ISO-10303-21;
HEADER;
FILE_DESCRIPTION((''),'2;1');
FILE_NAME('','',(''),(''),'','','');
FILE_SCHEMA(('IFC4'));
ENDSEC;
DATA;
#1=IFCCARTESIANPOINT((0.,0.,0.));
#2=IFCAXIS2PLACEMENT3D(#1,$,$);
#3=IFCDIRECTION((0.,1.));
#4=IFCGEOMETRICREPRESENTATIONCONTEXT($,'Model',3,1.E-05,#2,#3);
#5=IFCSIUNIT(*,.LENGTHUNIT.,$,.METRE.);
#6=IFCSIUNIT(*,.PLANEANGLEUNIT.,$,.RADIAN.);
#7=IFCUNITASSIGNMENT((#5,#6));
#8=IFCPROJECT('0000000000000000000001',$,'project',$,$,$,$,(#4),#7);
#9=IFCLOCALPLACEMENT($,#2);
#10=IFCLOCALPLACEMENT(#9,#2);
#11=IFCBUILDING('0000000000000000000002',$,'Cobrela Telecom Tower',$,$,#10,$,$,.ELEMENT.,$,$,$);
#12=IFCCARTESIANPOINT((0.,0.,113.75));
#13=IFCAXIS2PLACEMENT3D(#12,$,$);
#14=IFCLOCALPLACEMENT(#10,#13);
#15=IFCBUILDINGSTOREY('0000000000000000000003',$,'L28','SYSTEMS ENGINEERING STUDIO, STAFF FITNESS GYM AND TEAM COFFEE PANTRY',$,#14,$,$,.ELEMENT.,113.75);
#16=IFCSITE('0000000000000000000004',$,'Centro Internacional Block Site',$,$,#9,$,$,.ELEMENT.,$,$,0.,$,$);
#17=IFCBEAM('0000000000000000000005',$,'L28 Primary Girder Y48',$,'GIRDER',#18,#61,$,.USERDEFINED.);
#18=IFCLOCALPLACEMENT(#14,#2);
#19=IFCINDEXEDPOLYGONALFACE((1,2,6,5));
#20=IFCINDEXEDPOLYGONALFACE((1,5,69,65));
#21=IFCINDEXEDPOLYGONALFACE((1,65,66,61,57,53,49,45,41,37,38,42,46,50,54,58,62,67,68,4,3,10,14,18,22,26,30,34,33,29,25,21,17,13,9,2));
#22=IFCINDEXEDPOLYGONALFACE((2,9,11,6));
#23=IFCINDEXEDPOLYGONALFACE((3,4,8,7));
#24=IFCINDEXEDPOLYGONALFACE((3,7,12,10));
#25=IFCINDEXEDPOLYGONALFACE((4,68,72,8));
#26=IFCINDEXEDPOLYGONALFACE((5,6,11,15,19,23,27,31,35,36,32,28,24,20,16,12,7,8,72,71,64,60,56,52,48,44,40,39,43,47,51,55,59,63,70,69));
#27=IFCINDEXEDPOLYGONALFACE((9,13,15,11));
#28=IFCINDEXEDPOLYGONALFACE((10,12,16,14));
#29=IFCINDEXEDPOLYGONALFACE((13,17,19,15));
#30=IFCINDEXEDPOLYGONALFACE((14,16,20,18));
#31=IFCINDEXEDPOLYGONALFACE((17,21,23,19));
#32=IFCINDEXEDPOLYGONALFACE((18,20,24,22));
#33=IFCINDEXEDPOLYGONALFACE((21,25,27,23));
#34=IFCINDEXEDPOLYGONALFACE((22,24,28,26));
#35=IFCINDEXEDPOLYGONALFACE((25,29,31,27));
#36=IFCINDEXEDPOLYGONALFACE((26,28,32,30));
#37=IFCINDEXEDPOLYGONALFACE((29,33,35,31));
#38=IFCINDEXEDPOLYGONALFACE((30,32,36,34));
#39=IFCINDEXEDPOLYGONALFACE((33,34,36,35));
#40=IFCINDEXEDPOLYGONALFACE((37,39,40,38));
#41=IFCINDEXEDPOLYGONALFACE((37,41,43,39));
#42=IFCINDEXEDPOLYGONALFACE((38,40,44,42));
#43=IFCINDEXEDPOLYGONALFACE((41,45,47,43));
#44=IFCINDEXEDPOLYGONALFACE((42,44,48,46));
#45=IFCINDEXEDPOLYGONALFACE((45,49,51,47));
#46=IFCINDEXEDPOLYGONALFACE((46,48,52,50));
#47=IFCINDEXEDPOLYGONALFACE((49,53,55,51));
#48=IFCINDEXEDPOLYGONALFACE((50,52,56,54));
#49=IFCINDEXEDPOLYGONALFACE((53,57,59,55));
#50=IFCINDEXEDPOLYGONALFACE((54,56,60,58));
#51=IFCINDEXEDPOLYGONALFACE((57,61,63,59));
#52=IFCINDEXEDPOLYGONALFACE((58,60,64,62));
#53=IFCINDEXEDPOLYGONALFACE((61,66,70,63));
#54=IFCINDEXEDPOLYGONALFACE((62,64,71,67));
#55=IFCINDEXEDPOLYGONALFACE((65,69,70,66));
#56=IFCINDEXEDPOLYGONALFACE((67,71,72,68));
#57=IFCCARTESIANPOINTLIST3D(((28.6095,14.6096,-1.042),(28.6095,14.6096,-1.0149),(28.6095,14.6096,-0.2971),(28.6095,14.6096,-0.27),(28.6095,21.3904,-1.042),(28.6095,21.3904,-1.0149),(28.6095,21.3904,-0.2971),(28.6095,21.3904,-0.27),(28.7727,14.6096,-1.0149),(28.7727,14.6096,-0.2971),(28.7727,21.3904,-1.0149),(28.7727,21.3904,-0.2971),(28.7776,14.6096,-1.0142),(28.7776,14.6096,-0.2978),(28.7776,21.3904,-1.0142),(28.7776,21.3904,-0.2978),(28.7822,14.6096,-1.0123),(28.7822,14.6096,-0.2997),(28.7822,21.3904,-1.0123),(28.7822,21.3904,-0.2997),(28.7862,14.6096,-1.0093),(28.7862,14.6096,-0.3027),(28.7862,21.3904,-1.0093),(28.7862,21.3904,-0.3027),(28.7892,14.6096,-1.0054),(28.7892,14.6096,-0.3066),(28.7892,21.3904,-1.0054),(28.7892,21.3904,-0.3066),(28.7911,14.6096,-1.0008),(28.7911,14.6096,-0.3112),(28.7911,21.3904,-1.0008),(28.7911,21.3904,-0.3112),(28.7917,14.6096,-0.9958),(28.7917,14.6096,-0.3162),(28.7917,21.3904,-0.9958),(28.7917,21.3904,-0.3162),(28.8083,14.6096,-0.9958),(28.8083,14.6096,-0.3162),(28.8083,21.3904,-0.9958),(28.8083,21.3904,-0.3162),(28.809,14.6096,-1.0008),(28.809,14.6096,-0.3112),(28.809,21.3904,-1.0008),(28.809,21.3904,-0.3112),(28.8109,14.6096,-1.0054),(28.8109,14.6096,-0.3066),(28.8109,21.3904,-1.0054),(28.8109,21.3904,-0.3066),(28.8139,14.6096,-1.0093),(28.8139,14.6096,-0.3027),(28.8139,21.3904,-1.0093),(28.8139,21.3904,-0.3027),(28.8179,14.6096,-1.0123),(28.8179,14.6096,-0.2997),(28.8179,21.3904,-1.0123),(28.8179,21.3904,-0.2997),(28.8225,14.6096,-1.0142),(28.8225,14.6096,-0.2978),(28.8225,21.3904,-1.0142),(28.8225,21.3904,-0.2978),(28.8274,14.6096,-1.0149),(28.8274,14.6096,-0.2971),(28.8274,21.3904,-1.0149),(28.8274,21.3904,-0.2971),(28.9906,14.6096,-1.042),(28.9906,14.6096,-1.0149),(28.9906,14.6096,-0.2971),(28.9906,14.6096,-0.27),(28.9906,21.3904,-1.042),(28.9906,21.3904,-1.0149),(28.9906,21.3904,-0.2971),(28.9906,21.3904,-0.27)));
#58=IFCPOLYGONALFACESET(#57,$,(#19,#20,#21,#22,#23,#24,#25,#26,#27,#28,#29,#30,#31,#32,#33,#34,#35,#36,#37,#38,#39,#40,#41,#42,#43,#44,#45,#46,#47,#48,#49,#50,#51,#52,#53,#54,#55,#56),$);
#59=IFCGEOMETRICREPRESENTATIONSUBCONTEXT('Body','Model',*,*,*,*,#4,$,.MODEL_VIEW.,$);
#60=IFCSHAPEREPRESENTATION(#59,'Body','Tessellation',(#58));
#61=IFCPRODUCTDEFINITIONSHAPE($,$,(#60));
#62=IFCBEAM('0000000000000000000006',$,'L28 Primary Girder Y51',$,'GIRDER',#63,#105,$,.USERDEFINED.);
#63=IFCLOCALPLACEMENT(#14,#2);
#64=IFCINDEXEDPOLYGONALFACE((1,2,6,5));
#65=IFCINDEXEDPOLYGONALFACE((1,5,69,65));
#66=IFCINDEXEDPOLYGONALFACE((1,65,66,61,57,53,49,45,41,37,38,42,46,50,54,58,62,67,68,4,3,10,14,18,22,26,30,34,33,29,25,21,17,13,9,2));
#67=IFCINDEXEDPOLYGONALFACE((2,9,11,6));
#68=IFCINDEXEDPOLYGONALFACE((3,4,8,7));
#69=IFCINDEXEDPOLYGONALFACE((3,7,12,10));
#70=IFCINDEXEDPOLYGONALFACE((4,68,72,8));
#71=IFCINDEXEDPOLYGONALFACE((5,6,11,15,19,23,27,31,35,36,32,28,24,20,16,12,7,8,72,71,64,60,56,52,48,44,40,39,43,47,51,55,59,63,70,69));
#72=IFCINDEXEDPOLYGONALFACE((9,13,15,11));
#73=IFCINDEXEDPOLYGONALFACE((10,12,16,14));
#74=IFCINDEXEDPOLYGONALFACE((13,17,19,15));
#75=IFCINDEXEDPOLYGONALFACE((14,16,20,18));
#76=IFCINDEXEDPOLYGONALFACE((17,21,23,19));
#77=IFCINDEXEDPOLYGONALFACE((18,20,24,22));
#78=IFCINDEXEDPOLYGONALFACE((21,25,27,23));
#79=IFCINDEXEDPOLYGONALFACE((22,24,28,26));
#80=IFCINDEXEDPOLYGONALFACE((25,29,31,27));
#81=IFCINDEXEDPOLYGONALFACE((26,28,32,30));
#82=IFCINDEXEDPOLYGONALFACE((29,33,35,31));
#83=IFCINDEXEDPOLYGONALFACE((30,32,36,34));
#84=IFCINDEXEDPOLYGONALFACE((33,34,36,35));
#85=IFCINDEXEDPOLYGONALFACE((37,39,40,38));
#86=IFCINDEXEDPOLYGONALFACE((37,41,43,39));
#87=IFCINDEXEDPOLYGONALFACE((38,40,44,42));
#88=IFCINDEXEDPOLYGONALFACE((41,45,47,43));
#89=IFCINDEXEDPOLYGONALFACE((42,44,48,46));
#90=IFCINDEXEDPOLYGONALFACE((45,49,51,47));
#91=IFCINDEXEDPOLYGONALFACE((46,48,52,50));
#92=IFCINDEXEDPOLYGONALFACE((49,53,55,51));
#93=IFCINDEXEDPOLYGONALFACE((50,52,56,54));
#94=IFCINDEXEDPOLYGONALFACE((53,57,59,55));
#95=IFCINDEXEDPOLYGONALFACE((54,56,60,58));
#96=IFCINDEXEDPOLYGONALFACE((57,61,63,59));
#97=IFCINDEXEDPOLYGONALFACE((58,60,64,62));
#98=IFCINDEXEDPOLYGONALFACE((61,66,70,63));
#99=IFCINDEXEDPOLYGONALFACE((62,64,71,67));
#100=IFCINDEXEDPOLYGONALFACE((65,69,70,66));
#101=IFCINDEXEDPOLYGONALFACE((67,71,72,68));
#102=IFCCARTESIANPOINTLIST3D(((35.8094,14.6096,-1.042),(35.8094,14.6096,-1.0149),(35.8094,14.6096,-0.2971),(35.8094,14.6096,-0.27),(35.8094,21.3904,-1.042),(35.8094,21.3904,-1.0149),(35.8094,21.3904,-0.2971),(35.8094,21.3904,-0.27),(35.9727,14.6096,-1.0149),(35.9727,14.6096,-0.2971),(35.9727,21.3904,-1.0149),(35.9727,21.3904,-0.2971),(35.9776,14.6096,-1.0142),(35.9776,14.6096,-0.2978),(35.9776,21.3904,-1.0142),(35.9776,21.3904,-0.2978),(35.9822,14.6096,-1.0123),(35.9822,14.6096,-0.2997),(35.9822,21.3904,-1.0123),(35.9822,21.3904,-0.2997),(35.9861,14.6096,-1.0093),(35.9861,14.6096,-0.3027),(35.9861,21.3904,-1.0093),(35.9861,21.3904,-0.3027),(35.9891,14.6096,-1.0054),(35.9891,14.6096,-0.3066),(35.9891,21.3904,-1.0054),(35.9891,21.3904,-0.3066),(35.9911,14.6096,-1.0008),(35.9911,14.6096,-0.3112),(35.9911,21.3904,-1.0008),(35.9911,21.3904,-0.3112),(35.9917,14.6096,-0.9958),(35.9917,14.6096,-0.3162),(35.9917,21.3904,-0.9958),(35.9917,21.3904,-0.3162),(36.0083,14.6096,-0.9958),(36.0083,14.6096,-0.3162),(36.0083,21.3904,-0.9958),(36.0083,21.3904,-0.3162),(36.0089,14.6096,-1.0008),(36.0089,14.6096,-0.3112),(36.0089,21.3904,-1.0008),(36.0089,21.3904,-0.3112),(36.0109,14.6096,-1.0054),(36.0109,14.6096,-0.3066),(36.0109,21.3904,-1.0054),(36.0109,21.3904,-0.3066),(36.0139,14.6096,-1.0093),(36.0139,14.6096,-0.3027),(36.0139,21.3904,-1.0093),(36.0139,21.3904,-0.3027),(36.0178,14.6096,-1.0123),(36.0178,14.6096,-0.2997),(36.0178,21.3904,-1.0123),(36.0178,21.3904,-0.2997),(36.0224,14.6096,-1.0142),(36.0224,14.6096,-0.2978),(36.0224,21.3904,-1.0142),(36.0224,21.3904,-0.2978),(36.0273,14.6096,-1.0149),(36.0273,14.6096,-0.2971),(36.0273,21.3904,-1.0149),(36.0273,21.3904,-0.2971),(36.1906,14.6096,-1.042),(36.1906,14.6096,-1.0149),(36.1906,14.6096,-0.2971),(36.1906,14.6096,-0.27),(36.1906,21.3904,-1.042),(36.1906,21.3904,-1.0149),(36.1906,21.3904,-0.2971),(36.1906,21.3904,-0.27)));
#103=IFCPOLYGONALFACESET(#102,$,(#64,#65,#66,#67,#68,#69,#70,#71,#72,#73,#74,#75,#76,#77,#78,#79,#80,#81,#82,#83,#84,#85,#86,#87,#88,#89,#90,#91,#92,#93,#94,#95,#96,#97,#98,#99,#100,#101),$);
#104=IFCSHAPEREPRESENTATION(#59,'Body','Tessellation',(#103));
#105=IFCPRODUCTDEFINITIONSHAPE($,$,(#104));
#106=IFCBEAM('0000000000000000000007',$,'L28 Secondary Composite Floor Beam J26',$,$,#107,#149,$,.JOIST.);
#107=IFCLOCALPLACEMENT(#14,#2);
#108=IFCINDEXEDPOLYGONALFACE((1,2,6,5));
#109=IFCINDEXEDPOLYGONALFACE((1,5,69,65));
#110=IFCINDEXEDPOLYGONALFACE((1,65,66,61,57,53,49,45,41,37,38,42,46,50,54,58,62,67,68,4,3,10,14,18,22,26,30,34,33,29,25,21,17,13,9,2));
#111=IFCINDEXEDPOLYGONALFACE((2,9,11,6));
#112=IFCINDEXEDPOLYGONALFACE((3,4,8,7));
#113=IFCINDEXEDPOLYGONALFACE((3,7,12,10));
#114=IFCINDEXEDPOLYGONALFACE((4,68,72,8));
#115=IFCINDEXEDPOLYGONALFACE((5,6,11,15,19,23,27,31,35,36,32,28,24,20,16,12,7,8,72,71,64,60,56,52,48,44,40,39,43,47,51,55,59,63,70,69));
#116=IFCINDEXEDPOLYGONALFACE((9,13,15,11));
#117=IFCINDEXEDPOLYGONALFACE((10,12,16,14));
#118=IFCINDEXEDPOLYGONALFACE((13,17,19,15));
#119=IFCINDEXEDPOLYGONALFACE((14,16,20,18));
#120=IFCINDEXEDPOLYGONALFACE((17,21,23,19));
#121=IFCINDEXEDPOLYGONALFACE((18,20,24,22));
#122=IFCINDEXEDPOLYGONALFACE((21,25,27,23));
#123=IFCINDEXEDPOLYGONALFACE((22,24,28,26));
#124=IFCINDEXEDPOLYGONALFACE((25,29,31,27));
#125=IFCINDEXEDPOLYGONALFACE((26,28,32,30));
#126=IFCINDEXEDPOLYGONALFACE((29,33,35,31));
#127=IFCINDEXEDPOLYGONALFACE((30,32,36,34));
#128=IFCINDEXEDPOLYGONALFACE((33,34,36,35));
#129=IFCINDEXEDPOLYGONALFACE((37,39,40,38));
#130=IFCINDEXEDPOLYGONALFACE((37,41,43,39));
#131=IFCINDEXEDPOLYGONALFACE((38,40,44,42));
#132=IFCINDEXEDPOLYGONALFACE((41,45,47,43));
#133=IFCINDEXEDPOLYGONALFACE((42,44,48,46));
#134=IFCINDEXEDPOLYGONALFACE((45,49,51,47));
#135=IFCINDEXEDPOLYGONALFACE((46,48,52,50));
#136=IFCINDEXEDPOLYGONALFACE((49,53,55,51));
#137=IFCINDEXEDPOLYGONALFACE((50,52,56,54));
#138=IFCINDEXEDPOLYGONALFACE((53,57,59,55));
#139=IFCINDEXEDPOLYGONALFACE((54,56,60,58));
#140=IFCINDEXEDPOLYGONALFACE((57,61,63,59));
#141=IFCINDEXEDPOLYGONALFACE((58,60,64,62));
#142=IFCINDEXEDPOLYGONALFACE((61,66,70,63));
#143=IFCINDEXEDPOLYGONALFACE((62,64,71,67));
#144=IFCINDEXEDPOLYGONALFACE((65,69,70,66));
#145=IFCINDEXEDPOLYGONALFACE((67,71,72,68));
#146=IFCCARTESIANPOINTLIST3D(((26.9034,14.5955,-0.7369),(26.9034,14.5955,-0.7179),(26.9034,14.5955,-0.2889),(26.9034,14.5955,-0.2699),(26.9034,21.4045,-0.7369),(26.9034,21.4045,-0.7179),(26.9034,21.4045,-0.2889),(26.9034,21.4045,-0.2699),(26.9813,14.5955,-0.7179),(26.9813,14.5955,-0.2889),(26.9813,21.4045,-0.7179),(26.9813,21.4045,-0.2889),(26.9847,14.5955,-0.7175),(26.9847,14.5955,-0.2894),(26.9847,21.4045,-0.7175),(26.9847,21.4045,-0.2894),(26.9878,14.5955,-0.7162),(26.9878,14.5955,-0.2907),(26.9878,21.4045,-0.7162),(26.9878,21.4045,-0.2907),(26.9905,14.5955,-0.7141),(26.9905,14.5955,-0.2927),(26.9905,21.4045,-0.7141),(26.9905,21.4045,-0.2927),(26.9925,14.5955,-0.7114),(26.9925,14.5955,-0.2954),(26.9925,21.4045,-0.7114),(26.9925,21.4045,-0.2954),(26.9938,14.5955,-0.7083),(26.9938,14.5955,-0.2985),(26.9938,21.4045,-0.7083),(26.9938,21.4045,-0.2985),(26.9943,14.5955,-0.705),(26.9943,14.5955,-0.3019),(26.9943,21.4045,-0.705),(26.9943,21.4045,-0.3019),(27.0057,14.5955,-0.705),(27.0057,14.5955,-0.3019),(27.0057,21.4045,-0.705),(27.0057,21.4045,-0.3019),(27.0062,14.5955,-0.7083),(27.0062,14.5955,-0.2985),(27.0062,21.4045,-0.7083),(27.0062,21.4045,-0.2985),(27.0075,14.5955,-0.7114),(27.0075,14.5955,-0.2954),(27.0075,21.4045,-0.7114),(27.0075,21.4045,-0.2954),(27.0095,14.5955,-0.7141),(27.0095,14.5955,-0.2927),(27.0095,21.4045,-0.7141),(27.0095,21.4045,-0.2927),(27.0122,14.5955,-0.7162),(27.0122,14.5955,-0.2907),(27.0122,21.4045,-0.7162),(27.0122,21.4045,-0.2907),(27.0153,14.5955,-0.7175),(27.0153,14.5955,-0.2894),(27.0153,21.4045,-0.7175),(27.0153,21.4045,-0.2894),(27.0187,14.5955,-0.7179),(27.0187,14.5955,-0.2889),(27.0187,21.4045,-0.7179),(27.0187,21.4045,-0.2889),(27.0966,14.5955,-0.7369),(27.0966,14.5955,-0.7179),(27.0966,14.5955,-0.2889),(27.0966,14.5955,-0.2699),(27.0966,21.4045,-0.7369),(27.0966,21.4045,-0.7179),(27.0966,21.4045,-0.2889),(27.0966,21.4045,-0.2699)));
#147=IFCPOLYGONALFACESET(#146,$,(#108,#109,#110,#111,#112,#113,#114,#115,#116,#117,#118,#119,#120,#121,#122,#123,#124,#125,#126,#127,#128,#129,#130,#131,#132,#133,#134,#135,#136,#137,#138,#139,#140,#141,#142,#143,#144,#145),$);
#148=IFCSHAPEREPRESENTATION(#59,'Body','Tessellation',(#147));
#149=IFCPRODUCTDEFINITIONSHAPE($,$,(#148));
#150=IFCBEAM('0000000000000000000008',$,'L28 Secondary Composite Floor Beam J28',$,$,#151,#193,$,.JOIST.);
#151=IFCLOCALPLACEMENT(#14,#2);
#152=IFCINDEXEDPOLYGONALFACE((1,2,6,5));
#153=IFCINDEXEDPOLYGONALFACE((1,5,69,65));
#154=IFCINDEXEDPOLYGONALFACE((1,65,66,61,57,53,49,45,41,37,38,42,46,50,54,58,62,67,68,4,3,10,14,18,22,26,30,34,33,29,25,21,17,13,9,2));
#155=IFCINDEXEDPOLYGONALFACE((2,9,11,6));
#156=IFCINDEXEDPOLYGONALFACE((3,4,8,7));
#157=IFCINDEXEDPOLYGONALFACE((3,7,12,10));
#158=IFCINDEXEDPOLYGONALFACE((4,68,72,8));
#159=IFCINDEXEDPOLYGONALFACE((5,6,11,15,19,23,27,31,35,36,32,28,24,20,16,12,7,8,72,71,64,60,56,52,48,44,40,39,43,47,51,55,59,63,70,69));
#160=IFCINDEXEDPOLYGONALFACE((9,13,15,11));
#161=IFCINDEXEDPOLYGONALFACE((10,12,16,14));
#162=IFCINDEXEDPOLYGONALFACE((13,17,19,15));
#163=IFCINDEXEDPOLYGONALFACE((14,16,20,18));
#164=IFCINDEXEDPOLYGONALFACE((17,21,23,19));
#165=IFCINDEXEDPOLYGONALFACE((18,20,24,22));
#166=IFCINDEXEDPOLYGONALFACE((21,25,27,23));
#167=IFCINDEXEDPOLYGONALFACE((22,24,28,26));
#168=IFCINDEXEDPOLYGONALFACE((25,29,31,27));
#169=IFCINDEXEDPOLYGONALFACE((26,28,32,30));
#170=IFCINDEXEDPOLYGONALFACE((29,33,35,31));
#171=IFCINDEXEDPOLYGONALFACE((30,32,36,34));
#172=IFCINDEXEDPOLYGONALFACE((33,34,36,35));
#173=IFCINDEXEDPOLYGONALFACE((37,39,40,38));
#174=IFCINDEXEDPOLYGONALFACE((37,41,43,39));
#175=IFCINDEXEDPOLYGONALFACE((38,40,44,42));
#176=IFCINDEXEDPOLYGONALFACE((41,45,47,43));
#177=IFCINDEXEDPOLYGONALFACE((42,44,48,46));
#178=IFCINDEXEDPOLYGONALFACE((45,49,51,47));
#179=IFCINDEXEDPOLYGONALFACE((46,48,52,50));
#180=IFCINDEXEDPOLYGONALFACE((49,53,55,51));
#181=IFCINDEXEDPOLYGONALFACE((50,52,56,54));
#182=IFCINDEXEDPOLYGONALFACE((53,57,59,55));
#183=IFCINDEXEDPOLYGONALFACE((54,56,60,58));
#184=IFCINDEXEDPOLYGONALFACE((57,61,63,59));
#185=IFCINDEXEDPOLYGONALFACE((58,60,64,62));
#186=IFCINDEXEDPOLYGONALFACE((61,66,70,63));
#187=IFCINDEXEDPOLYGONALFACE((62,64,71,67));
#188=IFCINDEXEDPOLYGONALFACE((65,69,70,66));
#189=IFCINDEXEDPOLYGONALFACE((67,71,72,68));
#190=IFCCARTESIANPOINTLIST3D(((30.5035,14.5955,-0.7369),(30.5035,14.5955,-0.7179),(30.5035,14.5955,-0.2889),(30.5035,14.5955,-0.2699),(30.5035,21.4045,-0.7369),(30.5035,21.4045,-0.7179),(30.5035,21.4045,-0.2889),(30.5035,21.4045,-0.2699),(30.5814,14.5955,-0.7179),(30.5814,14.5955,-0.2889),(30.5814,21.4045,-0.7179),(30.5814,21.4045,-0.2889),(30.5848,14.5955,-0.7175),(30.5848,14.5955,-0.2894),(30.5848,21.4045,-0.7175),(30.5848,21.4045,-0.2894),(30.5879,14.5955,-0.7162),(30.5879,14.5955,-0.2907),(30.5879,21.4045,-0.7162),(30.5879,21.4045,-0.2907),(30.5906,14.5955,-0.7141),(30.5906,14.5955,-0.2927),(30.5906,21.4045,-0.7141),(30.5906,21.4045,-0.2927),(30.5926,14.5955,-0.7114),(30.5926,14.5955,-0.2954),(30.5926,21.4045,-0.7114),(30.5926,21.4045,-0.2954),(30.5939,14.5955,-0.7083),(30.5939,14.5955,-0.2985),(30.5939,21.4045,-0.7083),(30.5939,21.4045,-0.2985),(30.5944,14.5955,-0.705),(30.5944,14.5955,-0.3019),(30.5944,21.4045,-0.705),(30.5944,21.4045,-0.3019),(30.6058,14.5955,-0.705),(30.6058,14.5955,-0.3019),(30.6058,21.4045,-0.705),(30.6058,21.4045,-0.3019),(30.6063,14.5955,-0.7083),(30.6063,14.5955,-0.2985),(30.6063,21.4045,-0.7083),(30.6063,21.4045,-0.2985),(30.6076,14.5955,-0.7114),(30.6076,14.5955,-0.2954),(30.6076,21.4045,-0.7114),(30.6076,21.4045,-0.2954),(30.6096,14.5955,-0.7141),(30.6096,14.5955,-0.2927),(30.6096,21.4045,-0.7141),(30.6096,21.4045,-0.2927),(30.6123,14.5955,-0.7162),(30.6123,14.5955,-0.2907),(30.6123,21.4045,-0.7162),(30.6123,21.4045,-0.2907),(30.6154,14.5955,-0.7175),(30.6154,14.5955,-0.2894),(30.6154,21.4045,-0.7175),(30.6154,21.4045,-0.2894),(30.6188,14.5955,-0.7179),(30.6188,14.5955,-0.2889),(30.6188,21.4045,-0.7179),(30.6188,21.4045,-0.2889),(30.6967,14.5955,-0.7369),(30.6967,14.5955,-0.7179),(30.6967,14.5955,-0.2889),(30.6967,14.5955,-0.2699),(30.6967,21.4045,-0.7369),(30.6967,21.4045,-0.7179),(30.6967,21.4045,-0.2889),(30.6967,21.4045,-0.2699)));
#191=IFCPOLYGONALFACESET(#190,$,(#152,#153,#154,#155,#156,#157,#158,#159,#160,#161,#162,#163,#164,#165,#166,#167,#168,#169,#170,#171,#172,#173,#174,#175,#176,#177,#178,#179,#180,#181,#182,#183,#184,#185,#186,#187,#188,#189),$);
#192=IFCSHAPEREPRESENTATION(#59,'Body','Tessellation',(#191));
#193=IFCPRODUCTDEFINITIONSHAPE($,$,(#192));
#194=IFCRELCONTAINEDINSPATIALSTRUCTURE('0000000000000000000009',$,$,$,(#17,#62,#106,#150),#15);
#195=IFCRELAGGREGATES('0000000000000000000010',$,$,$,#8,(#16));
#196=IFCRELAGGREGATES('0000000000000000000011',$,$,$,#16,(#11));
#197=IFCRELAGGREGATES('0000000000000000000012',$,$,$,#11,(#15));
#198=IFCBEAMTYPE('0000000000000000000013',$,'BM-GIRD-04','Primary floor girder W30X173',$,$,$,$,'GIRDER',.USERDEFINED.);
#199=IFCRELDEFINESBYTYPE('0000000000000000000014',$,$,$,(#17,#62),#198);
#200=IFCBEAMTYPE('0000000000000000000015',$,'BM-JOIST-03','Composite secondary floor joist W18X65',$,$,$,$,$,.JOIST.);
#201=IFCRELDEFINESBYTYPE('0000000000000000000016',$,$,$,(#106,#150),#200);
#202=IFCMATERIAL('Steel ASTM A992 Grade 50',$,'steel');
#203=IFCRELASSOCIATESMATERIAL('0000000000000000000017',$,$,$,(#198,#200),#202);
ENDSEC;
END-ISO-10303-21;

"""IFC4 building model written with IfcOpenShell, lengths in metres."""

from ifc_helpers import new_model, si_unit, direction, frame, origin, origin_2d, place, context, subcontext, project, spatial, i_section, extrude, material, material_profile, profile_set, type_object, element, save


model = new_model("IFC4")

# Units and contexts
model_context = context("Model", 3, precision=1e-05, world=origin(), true_north=direction((0.0, 1.0)))
body_context = subcontext(model_context, "Body", "Model", "MODEL_VIEW")
ifc_project = project(units=[si_unit("LENGTHUNIT", "METRE"), si_unit("PLANEANGLEUNIT", "RADIAN")], contexts=[model_context])

# Site, building, storey
site_placement = place(None, origin())
site = spatial("IfcSite", under=ifc_project, at=site_placement, Name="Centro Internacional Block Site", CompositionType="ELEMENT", RefElevation=0.0)
building_placement = place(site_placement, origin())
building = spatial("IfcBuilding", under=site, at=building_placement, Name="Cobrela Telecom Tower", CompositionType="ELEMENT")
storey_placement = place(building_placement, frame((0.0, 0.0, 113.75)))
storey = spatial("IfcBuildingStorey", under=building, at=storey_placement, Name="L28", Description="SYSTEMS ENGINEERING STUDIO, STAFF FITNESS GYM AND TEAM COFFEE PANTRY", CompositionType="ELEMENT", Elevation=113.75)

# Shared definitions
ifc_material_1 = material(Name="Steel ASTM A992 Grade 50", Category="steel")

# Beams
ifc_material_profile_1 = material_profile(ifc_material_1, i_section(OverallWidth=0.3811, OverallDepth=0.772, WebThickness=0.0166, FlangeThickness=0.0271, FilletRadius=0.019, at=origin_2d()), Name="W30X173")
ifc_profile_set_1 = profile_set([ifc_material_profile_1], Name="Steel ASTM A992 Grade 50")
beam_type_1 = type_object("IfcBeamType", Name="BM-GIRD-04", Description="Primary floor girder W30X173", ElementType="GIRDER", PredefinedType="USERDEFINED", material=ifc_profile_set_1)
for number, where, z_axis, x_axis, name in (
    (1, (28.8, 14.6096, -0.656), (0.0, 1.0, 0.0), (-1.0, 0.0, 0.0), "L28 Primary Girder Y48"),
    (2, (36.0, 14.6096, -0.656), (0.0, 1.0, 0.0), (-1.0, 0.0, 0.0), "L28 Primary Girder Y51"),
):
    element("IfcBeam", number, at=place(storey_placement, frame(where, z_axis=z_axis, x_axis=x_axis)), inside=storey, type_object=beam_type_1, Name=name, ObjectType="GIRDER", PredefinedType="USERDEFINED", context=body_context, shape_type="SweptSolid", body=[
        extrude(i_section(OverallWidth=0.3811, OverallDepth=0.772, WebThickness=0.0166, FlangeThickness=0.0271, FilletRadius=0.019, at=origin_2d()), origin(), (0.0, 0.0, 1.0), 6.7808),
    ])
ifc_material_profile_2 = material_profile(ifc_material_1, i_section(OverallWidth=0.1931, OverallDepth=0.467, WebThickness=0.0115, FlangeThickness=0.019, FilletRadius=0.0129, at=origin_2d()), Name="W18X65")
ifc_profile_set_2 = profile_set([ifc_material_profile_2], Name="Steel ASTM A992 Grade 50")
beam_type_2 = type_object("IfcBeamType", Name="BM-JOIST-03", Description="Composite secondary floor joist W18X65", PredefinedType="JOIST", material=ifc_profile_set_2)
for number, where, z_axis, x_axis, name in (
    (3, (27.0, 14.5955, -0.5034), (0.0, 1.0, 0.0), (-1.0, 0.0, 0.0), "L28 Secondary Composite Floor Beam J26"),
    (4, (30.6001, 14.5955, -0.5034), (0.0, 1.0, 0.0), (-1.0, 0.0, 0.0), "L28 Secondary Composite Floor Beam J28"),
):
    element("IfcBeam", number, at=place(storey_placement, frame(where, z_axis=z_axis, x_axis=x_axis)), inside=storey, type_object=beam_type_2, Name=name, PredefinedType="JOIST", context=body_context, shape_type="SweptSolid", body=[
        extrude(i_section(OverallWidth=0.1931, OverallDepth=0.467, WebThickness=0.0115, FlangeThickness=0.019, FilletRadius=0.0129, at=origin_2d()), origin(), (0.0, 0.0, 1.0), 6.8091),
    ])

save(model, "model.ifc")
